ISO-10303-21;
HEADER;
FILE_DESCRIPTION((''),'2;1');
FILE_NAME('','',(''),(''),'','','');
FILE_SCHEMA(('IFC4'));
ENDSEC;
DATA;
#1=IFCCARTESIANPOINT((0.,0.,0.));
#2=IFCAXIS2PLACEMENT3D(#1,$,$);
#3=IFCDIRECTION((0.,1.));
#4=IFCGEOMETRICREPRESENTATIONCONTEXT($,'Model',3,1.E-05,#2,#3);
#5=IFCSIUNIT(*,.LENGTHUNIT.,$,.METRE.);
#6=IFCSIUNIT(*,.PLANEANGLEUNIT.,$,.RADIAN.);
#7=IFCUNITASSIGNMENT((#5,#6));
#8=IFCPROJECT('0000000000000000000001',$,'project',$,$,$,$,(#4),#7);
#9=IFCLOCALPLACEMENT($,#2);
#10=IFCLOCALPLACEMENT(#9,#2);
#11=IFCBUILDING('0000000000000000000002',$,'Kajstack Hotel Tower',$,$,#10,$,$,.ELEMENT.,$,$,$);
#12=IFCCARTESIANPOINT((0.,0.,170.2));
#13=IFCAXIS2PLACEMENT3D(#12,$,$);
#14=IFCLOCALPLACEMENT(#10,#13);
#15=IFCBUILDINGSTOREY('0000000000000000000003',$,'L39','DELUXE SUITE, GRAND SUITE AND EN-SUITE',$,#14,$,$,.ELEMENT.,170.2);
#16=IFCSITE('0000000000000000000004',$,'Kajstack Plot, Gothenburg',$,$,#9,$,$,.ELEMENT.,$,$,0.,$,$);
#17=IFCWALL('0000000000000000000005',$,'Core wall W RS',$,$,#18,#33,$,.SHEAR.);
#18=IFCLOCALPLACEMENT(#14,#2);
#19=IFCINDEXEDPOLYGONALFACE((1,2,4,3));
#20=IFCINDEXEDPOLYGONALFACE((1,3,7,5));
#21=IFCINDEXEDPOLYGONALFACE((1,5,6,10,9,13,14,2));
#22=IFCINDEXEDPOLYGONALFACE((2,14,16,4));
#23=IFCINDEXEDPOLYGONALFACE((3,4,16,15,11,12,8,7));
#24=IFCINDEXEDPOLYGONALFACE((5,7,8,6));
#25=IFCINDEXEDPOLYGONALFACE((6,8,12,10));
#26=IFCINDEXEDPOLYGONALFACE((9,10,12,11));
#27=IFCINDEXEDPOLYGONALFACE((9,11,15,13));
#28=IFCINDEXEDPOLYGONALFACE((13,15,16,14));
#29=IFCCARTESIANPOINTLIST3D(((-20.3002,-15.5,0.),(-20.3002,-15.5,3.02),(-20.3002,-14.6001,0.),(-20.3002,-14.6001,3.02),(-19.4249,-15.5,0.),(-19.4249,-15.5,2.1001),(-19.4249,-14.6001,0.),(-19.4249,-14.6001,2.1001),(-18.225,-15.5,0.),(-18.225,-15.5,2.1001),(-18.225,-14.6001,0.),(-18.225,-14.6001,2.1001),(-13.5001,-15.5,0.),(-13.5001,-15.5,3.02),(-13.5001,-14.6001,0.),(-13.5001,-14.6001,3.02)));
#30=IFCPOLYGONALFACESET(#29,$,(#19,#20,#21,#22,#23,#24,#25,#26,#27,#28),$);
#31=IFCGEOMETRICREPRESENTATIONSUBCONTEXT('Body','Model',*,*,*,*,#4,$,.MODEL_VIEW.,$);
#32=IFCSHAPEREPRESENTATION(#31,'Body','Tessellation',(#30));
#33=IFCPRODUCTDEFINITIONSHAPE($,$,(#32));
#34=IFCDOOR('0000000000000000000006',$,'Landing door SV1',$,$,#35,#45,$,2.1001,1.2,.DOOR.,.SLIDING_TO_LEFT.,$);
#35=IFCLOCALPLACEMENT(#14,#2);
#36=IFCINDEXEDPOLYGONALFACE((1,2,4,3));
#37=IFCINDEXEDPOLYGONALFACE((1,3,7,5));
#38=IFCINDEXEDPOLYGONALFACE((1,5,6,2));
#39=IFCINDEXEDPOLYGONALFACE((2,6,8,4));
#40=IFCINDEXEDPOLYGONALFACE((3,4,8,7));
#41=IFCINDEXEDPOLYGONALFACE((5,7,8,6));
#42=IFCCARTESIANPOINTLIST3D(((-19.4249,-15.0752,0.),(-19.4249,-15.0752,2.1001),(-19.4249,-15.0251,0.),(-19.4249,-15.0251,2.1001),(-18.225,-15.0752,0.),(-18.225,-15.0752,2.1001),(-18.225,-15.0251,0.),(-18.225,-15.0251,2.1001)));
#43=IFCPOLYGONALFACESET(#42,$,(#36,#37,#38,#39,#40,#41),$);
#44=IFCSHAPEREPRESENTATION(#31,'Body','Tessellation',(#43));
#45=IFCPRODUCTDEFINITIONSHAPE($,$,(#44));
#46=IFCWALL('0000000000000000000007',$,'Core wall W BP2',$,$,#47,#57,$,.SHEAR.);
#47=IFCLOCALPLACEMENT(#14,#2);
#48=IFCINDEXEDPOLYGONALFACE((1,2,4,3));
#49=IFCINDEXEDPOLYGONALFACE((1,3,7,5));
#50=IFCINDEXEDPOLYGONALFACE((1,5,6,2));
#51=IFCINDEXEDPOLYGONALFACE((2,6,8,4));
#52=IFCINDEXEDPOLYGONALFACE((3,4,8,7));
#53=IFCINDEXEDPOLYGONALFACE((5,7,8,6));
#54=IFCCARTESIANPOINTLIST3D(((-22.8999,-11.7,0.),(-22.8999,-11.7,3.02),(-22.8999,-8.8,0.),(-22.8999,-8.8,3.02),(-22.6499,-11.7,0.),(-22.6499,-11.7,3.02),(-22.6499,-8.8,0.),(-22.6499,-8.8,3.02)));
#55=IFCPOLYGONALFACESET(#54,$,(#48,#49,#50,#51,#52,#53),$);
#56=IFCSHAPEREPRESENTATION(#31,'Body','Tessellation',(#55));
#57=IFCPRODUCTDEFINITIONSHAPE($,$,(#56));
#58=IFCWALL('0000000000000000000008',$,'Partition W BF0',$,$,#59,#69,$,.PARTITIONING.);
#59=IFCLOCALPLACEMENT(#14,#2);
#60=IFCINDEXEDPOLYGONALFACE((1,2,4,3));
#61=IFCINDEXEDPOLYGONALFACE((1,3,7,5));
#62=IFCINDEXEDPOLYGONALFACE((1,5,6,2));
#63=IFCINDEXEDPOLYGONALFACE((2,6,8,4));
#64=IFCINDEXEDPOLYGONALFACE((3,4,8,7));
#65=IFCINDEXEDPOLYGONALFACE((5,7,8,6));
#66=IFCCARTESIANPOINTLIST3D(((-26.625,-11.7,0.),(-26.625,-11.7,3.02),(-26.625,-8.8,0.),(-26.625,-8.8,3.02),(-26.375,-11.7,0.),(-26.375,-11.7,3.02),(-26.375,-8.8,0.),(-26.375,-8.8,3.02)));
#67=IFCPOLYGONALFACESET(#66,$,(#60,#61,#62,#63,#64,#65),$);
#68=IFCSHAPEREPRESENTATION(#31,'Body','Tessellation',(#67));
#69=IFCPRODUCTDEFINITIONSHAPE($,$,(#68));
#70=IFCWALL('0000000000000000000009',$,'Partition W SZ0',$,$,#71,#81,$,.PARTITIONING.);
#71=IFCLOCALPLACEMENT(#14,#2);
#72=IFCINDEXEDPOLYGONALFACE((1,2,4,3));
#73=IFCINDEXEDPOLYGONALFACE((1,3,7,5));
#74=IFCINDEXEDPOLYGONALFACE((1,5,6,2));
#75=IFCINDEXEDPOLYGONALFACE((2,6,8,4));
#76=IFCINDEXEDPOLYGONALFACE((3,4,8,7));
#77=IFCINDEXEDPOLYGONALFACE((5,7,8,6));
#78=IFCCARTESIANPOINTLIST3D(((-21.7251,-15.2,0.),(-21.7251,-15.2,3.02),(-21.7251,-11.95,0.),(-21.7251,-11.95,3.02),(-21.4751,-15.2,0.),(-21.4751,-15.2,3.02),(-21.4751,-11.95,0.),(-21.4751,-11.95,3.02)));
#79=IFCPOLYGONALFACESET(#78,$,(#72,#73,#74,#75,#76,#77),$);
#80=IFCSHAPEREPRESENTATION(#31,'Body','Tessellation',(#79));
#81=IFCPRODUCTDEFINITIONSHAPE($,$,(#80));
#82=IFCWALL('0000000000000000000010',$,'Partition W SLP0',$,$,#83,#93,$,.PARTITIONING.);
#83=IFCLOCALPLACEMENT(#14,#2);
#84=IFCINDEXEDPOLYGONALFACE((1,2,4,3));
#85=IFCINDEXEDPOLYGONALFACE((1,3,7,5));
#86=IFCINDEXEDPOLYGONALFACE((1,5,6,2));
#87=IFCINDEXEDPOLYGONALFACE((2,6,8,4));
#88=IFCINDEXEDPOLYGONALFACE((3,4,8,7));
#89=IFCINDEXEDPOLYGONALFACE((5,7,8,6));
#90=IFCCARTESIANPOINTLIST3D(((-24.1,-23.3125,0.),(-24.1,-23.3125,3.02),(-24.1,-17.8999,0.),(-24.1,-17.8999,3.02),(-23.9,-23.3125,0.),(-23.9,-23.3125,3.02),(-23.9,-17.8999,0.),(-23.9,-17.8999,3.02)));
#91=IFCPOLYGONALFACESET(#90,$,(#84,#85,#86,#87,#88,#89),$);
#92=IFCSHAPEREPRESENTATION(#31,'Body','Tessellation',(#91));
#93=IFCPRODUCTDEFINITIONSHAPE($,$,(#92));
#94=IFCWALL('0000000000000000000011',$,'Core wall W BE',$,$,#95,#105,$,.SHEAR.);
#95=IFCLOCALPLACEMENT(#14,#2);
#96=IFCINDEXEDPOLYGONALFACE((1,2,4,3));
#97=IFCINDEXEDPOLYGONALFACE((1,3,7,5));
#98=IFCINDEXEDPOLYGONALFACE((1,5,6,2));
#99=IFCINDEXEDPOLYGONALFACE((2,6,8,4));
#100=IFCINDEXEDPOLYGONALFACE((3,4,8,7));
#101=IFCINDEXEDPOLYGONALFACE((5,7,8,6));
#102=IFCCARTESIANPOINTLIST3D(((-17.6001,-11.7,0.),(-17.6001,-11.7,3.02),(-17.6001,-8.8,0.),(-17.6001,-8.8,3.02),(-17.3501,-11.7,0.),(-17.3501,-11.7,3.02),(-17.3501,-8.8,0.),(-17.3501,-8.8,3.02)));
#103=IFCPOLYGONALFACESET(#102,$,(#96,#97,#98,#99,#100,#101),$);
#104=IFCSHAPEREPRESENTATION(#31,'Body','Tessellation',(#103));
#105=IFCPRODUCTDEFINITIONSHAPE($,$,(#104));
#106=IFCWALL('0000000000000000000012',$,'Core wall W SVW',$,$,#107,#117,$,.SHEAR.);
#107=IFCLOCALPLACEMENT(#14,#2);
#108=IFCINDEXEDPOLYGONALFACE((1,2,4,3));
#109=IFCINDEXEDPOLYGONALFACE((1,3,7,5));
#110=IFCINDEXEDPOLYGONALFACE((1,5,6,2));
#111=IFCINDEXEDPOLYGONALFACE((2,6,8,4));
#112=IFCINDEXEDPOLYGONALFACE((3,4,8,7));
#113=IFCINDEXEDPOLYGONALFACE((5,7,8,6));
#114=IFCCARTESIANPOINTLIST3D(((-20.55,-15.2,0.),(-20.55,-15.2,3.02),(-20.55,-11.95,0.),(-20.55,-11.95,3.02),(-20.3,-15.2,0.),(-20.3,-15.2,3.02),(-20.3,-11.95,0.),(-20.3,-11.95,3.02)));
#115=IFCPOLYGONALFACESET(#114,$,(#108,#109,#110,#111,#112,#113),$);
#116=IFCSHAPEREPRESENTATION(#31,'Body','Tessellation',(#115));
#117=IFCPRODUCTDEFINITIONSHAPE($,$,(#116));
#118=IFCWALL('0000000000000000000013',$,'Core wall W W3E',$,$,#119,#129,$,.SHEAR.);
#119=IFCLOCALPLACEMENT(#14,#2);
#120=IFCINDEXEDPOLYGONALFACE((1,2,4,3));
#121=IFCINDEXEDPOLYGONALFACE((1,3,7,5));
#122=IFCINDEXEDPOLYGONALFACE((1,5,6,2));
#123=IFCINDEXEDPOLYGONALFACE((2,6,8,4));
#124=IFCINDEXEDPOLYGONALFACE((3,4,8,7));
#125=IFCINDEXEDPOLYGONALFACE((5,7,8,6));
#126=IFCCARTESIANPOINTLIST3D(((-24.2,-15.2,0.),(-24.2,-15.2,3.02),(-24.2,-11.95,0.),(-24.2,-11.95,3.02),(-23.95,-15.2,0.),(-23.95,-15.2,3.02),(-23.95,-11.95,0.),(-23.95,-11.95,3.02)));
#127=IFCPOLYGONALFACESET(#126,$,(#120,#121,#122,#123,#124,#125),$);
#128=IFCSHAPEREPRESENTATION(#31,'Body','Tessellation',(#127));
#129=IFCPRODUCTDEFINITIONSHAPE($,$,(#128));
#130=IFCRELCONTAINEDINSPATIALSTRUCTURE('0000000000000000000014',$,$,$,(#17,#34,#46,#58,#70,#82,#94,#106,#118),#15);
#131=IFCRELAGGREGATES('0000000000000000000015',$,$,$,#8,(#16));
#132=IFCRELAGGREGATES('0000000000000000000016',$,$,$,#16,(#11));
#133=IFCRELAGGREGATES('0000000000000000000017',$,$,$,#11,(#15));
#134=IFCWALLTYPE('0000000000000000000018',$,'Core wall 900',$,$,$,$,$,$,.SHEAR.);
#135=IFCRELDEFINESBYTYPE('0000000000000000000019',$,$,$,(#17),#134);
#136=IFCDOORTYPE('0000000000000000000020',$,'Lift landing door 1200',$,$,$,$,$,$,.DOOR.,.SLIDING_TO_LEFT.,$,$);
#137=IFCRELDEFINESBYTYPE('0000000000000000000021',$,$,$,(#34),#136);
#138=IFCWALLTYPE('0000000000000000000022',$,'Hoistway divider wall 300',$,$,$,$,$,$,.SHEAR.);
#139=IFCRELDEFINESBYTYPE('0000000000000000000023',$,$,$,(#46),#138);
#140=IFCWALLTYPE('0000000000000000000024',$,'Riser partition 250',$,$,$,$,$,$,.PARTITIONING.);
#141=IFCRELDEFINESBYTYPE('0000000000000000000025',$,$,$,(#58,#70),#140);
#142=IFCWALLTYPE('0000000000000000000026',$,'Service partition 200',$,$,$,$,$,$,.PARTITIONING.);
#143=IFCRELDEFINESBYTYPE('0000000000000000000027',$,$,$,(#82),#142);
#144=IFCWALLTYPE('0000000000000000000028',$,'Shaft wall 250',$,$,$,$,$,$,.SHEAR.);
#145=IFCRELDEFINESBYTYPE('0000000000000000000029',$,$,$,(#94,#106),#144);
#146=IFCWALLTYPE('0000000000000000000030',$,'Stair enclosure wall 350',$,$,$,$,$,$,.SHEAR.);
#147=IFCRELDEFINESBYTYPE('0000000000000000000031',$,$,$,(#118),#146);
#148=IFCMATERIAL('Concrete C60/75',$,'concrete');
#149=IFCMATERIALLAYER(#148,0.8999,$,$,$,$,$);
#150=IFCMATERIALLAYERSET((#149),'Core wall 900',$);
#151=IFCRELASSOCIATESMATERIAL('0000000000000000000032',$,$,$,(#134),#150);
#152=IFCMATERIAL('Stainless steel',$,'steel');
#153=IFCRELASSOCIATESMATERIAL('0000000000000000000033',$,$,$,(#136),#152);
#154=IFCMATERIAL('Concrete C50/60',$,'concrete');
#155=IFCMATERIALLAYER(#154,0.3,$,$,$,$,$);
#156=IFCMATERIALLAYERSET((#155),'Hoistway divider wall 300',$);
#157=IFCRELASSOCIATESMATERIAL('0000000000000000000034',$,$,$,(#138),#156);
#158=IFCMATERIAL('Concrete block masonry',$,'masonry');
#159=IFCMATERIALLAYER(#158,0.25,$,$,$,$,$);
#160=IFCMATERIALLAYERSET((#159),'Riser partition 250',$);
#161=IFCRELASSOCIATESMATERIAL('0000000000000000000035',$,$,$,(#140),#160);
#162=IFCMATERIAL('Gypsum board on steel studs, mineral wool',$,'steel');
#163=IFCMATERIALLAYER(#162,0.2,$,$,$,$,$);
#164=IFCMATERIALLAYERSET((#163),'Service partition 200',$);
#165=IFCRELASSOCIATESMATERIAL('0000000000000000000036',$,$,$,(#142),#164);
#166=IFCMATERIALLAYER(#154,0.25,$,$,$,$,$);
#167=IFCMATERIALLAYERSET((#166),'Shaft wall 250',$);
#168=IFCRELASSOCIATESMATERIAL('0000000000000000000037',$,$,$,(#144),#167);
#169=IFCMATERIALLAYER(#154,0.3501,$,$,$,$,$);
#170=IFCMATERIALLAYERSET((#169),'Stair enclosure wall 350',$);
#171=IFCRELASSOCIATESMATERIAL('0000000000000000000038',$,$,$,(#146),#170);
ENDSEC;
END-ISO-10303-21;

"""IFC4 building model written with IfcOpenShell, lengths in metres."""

from ifc_helpers import new_model, si_unit, direction, frame, frame_2d, origin, place, context, subcontext, project, spatial, rectangle, extrude, material, layer, layer_set, type_object, element, fill, save


model = new_model("IFC4")

# Units and contexts
model_context = context("Model", 3, precision=1e-05, world=origin(), true_north=direction((0.0, 1.0)))
body_context = subcontext(model_context, "Body", "Model", "MODEL_VIEW")
ifc_project = project(units=[si_unit("LENGTHUNIT", "METRE"), si_unit("PLANEANGLEUNIT", "RADIAN")], contexts=[model_context])

# Site, building, storey
site_placement = place(None, origin())
site = spatial("IfcSite", under=ifc_project, at=site_placement, Name="Kajstack Plot, Gothenburg", CompositionType="ELEMENT", RefElevation=0.0)
building_placement = place(site_placement, origin())
building = spatial("IfcBuilding", under=site, at=building_placement, Name="Kajstack Hotel Tower", CompositionType="ELEMENT")
storey_placement = place(building_placement, frame((0.0, 0.0, 170.2)))
storey = spatial("IfcBuildingStorey", under=building, at=storey_placement, Name="L39", Description="DELUXE SUITE, GRAND SUITE AND EN-SUITE", CompositionType="ELEMENT", Elevation=170.2)

# Wall, opening, door
ifc_material_1 = material(Name="Concrete C60/75", Category="concrete")
ifc_layer_1 = layer(ifc_material_1, 0.8999)
ifc_layer_set_1 = layer_set([ifc_layer_1], Name="Core wall 900")
wall_type_1 = type_object("IfcWallType", Name="Core wall 900", PredefinedType="SHEAR", material=ifc_layer_set_1)
wall_1_placement = place(storey_placement, frame((-20.3, -15.05, 0.0), z_axis=(0.0, 0.0, 1.0), x_axis=(1.0, 0.0, 0.0)))
wall_1 = element("IfcWall", 1, at=wall_1_placement, inside=storey, type_object=wall_type_1, Name="Core wall W RS", PredefinedType="SHEAR", context=body_context, shape_type="SweptSolid", body=[
    extrude(rectangle(XDim=6.8, YDim=0.8999, at=frame_2d((3.3999, 0.0))), origin(), (0.0, 0.0, 1.0), 3.02),
])
opening_placement = place(wall_1_placement, frame((0.875, 0.0, 0.0)))
opening = element("IfcOpeningElement", 2, at=opening_placement, cuts=wall_1, PredefinedType="OPENING", context=body_context, shape_type="SweptSolid", body=[
    extrude(rectangle(XDim=1.2, YDim=2.1001, at=frame_2d((0.6001, 1.05))), frame((0.0, 0.46, 0.0), z_axis=(0.0, -1.0, 0.0), x_axis=(1.0, 0.0, 0.0)), (0.0, 0.0, 1.0), 0.9199),
])
ifc_material_2 = material(Name="Stainless steel", Category="steel")
door_type = type_object("IfcDoorType", Name="Lift landing door 1200", OperationType="SLIDING_TO_LEFT", PredefinedType="DOOR", material=ifc_material_2)
door_placement = place(opening_placement, origin())
door = element("IfcDoor", 3, at=door_placement, inside=storey, type_object=door_type, Name="Landing door SV1", OperationType="SLIDING_TO_LEFT", OverallHeight=2.1001, OverallWidth=1.2, PredefinedType="DOOR", context=body_context, shape_type="SweptSolid", body=[
    extrude(rectangle(XDim=1.2, YDim=2.1001, at=frame_2d((0.6001, 1.05))), frame((0.0, 0.0249, 0.0), z_axis=(0.0, -1.0, 0.0), x_axis=(1.0, 0.0, 0.0)), (0.0, 0.0, 1.0), 0.05),
])
fill(opening, door)

# Walls
ifc_material_3 = material(Name="Concrete C50/60", Category="concrete")
ifc_layer_2 = layer(ifc_material_3, 0.3)
ifc_layer_set_2 = layer_set([ifc_layer_2], Name="Hoistway divider wall 300")
wall_type_2 = type_object("IfcWallType", Name="Hoistway divider wall 300", PredefinedType="SHEAR", material=ifc_layer_set_2)
wall_2_placement = place(storey_placement, frame((-22.7749, -11.7, 0.0), z_axis=(0.0, 0.0, 1.0), x_axis=(0.0, 1.0, 0.0)))
element("IfcWall", 4, at=wall_2_placement, inside=storey, type_object=wall_type_2, Name="Core wall W BP2", PredefinedType="SHEAR", context=body_context, shape_type="SweptSolid", body=[
    extrude(rectangle(XDim=2.8999, YDim=0.25, at=frame_2d((1.45, 0.0))), origin(), (0.0, 0.0, 1.0), 3.02),
])
ifc_material_4 = material(Name="Concrete block masonry", Category="masonry")
ifc_layer_3 = layer(ifc_material_4, 0.25)
ifc_layer_set_3 = layer_set([ifc_layer_3], Name="Riser partition 250")
wall_type_3 = type_object("IfcWallType", Name="Riser partition 250", PredefinedType="PARTITIONING", material=ifc_layer_set_3)
wall_3_placement = place(storey_placement, frame((-26.5, -11.7, 0.0), z_axis=(0.0, 0.0, 1.0), x_axis=(0.0, 1.0, 0.0)))
element("IfcWall", 5, at=wall_3_placement, inside=storey, type_object=wall_type_3, Name="Partition W BF0", PredefinedType="PARTITIONING", context=body_context, shape_type="SweptSolid", body=[
    extrude(rectangle(XDim=2.8999, YDim=0.25, at=frame_2d((1.45, 0.0))), origin(), (0.0, 0.0, 1.0), 3.02),
])
wall_4_placement = place(storey_placement, frame((-21.6001, -15.2, 0.0), z_axis=(0.0, 0.0, 1.0), x_axis=(0.0, 1.0, 0.0)))
element("IfcWall", 6, at=wall_4_placement, inside=storey, type_object=wall_type_3, Name="Partition W SZ0", PredefinedType="PARTITIONING", context=body_context, shape_type="SweptSolid", body=[
    extrude(rectangle(XDim=3.25, YDim=0.25, at=frame_2d((1.625, 0.0))), origin(), (0.0, 0.0, 1.0), 3.02),
])
ifc_material_5 = material(Name="Gypsum board on steel studs, mineral wool", Category="steel")
ifc_layer_4 = layer(ifc_material_5, 0.2)
ifc_layer_set_4 = layer_set([ifc_layer_4], Name="Service partition 200")
wall_type_4 = type_object("IfcWallType", Name="Service partition 200", PredefinedType="PARTITIONING", material=ifc_layer_set_4)
wall_5_placement = place(storey_placement, frame((-24.0, -23.3125, 0.0), z_axis=(0.0, 0.0, 1.0), x_axis=(0.0, 1.0, 0.0)))
element("IfcWall", 7, at=wall_5_placement, inside=storey, type_object=wall_type_4, Name="Partition W SLP0", PredefinedType="PARTITIONING", context=body_context, shape_type="SweptSolid", body=[
    extrude(rectangle(XDim=5.4126, YDim=0.2, at=frame_2d((2.7063, 0.0))), origin(), (0.0, 0.0, 1.0), 3.02),
])
ifc_layer_5 = layer(ifc_material_3, 0.25)
ifc_layer_set_5 = layer_set([ifc_layer_5], Name="Shaft wall 250")
wall_type_5 = type_object("IfcWallType", Name="Shaft wall 250", PredefinedType="SHEAR", material=ifc_layer_set_5)
wall_6_placement = place(storey_placement, frame((-17.4751, -11.7, 0.0), z_axis=(0.0, 0.0, 1.0), x_axis=(0.0, 1.0, 0.0)))
element("IfcWall", 8, at=wall_6_placement, inside=storey, type_object=wall_type_5, Name="Core wall W BE", PredefinedType="SHEAR", context=body_context, shape_type="SweptSolid", body=[
    extrude(rectangle(XDim=2.8999, YDim=0.25, at=frame_2d((1.45, 0.0))), origin(), (0.0, 0.0, 1.0), 3.02),
])
wall_7_placement = place(storey_placement, frame((-20.425, -15.2, 0.0), z_axis=(0.0, 0.0, 1.0), x_axis=(0.0, 1.0, 0.0)))
element("IfcWall", 9, at=wall_7_placement, inside=storey, type_object=wall_type_5, Name="Core wall W SVW", PredefinedType="SHEAR", context=body_context, shape_type="SweptSolid", body=[
    extrude(rectangle(XDim=3.25, YDim=0.25, at=frame_2d((1.625, 0.0))), origin(), (0.0, 0.0, 1.0), 3.02),
])
ifc_layer_6 = layer(ifc_material_3, 0.3501)
ifc_layer_set_6 = layer_set([ifc_layer_6], Name="Stair enclosure wall 350")
wall_type_6 = type_object("IfcWallType", Name="Stair enclosure wall 350", PredefinedType="SHEAR", material=ifc_layer_set_6)
wall_8_placement = place(storey_placement, frame((-24.075, -15.2, 0.0), z_axis=(0.0, 0.0, 1.0), x_axis=(0.0, 1.0, 0.0)))
element("IfcWall", 10, at=wall_8_placement, inside=storey, type_object=wall_type_6, Name="Core wall W W3E", PredefinedType="SHEAR", context=body_context, shape_type="SweptSolid", body=[
    extrude(rectangle(XDim=3.25, YDim=0.25, at=frame_2d((1.625, 0.0))), origin(), (0.0, 0.0, 1.0), 3.02),
])

save(model, "model.ifc")
